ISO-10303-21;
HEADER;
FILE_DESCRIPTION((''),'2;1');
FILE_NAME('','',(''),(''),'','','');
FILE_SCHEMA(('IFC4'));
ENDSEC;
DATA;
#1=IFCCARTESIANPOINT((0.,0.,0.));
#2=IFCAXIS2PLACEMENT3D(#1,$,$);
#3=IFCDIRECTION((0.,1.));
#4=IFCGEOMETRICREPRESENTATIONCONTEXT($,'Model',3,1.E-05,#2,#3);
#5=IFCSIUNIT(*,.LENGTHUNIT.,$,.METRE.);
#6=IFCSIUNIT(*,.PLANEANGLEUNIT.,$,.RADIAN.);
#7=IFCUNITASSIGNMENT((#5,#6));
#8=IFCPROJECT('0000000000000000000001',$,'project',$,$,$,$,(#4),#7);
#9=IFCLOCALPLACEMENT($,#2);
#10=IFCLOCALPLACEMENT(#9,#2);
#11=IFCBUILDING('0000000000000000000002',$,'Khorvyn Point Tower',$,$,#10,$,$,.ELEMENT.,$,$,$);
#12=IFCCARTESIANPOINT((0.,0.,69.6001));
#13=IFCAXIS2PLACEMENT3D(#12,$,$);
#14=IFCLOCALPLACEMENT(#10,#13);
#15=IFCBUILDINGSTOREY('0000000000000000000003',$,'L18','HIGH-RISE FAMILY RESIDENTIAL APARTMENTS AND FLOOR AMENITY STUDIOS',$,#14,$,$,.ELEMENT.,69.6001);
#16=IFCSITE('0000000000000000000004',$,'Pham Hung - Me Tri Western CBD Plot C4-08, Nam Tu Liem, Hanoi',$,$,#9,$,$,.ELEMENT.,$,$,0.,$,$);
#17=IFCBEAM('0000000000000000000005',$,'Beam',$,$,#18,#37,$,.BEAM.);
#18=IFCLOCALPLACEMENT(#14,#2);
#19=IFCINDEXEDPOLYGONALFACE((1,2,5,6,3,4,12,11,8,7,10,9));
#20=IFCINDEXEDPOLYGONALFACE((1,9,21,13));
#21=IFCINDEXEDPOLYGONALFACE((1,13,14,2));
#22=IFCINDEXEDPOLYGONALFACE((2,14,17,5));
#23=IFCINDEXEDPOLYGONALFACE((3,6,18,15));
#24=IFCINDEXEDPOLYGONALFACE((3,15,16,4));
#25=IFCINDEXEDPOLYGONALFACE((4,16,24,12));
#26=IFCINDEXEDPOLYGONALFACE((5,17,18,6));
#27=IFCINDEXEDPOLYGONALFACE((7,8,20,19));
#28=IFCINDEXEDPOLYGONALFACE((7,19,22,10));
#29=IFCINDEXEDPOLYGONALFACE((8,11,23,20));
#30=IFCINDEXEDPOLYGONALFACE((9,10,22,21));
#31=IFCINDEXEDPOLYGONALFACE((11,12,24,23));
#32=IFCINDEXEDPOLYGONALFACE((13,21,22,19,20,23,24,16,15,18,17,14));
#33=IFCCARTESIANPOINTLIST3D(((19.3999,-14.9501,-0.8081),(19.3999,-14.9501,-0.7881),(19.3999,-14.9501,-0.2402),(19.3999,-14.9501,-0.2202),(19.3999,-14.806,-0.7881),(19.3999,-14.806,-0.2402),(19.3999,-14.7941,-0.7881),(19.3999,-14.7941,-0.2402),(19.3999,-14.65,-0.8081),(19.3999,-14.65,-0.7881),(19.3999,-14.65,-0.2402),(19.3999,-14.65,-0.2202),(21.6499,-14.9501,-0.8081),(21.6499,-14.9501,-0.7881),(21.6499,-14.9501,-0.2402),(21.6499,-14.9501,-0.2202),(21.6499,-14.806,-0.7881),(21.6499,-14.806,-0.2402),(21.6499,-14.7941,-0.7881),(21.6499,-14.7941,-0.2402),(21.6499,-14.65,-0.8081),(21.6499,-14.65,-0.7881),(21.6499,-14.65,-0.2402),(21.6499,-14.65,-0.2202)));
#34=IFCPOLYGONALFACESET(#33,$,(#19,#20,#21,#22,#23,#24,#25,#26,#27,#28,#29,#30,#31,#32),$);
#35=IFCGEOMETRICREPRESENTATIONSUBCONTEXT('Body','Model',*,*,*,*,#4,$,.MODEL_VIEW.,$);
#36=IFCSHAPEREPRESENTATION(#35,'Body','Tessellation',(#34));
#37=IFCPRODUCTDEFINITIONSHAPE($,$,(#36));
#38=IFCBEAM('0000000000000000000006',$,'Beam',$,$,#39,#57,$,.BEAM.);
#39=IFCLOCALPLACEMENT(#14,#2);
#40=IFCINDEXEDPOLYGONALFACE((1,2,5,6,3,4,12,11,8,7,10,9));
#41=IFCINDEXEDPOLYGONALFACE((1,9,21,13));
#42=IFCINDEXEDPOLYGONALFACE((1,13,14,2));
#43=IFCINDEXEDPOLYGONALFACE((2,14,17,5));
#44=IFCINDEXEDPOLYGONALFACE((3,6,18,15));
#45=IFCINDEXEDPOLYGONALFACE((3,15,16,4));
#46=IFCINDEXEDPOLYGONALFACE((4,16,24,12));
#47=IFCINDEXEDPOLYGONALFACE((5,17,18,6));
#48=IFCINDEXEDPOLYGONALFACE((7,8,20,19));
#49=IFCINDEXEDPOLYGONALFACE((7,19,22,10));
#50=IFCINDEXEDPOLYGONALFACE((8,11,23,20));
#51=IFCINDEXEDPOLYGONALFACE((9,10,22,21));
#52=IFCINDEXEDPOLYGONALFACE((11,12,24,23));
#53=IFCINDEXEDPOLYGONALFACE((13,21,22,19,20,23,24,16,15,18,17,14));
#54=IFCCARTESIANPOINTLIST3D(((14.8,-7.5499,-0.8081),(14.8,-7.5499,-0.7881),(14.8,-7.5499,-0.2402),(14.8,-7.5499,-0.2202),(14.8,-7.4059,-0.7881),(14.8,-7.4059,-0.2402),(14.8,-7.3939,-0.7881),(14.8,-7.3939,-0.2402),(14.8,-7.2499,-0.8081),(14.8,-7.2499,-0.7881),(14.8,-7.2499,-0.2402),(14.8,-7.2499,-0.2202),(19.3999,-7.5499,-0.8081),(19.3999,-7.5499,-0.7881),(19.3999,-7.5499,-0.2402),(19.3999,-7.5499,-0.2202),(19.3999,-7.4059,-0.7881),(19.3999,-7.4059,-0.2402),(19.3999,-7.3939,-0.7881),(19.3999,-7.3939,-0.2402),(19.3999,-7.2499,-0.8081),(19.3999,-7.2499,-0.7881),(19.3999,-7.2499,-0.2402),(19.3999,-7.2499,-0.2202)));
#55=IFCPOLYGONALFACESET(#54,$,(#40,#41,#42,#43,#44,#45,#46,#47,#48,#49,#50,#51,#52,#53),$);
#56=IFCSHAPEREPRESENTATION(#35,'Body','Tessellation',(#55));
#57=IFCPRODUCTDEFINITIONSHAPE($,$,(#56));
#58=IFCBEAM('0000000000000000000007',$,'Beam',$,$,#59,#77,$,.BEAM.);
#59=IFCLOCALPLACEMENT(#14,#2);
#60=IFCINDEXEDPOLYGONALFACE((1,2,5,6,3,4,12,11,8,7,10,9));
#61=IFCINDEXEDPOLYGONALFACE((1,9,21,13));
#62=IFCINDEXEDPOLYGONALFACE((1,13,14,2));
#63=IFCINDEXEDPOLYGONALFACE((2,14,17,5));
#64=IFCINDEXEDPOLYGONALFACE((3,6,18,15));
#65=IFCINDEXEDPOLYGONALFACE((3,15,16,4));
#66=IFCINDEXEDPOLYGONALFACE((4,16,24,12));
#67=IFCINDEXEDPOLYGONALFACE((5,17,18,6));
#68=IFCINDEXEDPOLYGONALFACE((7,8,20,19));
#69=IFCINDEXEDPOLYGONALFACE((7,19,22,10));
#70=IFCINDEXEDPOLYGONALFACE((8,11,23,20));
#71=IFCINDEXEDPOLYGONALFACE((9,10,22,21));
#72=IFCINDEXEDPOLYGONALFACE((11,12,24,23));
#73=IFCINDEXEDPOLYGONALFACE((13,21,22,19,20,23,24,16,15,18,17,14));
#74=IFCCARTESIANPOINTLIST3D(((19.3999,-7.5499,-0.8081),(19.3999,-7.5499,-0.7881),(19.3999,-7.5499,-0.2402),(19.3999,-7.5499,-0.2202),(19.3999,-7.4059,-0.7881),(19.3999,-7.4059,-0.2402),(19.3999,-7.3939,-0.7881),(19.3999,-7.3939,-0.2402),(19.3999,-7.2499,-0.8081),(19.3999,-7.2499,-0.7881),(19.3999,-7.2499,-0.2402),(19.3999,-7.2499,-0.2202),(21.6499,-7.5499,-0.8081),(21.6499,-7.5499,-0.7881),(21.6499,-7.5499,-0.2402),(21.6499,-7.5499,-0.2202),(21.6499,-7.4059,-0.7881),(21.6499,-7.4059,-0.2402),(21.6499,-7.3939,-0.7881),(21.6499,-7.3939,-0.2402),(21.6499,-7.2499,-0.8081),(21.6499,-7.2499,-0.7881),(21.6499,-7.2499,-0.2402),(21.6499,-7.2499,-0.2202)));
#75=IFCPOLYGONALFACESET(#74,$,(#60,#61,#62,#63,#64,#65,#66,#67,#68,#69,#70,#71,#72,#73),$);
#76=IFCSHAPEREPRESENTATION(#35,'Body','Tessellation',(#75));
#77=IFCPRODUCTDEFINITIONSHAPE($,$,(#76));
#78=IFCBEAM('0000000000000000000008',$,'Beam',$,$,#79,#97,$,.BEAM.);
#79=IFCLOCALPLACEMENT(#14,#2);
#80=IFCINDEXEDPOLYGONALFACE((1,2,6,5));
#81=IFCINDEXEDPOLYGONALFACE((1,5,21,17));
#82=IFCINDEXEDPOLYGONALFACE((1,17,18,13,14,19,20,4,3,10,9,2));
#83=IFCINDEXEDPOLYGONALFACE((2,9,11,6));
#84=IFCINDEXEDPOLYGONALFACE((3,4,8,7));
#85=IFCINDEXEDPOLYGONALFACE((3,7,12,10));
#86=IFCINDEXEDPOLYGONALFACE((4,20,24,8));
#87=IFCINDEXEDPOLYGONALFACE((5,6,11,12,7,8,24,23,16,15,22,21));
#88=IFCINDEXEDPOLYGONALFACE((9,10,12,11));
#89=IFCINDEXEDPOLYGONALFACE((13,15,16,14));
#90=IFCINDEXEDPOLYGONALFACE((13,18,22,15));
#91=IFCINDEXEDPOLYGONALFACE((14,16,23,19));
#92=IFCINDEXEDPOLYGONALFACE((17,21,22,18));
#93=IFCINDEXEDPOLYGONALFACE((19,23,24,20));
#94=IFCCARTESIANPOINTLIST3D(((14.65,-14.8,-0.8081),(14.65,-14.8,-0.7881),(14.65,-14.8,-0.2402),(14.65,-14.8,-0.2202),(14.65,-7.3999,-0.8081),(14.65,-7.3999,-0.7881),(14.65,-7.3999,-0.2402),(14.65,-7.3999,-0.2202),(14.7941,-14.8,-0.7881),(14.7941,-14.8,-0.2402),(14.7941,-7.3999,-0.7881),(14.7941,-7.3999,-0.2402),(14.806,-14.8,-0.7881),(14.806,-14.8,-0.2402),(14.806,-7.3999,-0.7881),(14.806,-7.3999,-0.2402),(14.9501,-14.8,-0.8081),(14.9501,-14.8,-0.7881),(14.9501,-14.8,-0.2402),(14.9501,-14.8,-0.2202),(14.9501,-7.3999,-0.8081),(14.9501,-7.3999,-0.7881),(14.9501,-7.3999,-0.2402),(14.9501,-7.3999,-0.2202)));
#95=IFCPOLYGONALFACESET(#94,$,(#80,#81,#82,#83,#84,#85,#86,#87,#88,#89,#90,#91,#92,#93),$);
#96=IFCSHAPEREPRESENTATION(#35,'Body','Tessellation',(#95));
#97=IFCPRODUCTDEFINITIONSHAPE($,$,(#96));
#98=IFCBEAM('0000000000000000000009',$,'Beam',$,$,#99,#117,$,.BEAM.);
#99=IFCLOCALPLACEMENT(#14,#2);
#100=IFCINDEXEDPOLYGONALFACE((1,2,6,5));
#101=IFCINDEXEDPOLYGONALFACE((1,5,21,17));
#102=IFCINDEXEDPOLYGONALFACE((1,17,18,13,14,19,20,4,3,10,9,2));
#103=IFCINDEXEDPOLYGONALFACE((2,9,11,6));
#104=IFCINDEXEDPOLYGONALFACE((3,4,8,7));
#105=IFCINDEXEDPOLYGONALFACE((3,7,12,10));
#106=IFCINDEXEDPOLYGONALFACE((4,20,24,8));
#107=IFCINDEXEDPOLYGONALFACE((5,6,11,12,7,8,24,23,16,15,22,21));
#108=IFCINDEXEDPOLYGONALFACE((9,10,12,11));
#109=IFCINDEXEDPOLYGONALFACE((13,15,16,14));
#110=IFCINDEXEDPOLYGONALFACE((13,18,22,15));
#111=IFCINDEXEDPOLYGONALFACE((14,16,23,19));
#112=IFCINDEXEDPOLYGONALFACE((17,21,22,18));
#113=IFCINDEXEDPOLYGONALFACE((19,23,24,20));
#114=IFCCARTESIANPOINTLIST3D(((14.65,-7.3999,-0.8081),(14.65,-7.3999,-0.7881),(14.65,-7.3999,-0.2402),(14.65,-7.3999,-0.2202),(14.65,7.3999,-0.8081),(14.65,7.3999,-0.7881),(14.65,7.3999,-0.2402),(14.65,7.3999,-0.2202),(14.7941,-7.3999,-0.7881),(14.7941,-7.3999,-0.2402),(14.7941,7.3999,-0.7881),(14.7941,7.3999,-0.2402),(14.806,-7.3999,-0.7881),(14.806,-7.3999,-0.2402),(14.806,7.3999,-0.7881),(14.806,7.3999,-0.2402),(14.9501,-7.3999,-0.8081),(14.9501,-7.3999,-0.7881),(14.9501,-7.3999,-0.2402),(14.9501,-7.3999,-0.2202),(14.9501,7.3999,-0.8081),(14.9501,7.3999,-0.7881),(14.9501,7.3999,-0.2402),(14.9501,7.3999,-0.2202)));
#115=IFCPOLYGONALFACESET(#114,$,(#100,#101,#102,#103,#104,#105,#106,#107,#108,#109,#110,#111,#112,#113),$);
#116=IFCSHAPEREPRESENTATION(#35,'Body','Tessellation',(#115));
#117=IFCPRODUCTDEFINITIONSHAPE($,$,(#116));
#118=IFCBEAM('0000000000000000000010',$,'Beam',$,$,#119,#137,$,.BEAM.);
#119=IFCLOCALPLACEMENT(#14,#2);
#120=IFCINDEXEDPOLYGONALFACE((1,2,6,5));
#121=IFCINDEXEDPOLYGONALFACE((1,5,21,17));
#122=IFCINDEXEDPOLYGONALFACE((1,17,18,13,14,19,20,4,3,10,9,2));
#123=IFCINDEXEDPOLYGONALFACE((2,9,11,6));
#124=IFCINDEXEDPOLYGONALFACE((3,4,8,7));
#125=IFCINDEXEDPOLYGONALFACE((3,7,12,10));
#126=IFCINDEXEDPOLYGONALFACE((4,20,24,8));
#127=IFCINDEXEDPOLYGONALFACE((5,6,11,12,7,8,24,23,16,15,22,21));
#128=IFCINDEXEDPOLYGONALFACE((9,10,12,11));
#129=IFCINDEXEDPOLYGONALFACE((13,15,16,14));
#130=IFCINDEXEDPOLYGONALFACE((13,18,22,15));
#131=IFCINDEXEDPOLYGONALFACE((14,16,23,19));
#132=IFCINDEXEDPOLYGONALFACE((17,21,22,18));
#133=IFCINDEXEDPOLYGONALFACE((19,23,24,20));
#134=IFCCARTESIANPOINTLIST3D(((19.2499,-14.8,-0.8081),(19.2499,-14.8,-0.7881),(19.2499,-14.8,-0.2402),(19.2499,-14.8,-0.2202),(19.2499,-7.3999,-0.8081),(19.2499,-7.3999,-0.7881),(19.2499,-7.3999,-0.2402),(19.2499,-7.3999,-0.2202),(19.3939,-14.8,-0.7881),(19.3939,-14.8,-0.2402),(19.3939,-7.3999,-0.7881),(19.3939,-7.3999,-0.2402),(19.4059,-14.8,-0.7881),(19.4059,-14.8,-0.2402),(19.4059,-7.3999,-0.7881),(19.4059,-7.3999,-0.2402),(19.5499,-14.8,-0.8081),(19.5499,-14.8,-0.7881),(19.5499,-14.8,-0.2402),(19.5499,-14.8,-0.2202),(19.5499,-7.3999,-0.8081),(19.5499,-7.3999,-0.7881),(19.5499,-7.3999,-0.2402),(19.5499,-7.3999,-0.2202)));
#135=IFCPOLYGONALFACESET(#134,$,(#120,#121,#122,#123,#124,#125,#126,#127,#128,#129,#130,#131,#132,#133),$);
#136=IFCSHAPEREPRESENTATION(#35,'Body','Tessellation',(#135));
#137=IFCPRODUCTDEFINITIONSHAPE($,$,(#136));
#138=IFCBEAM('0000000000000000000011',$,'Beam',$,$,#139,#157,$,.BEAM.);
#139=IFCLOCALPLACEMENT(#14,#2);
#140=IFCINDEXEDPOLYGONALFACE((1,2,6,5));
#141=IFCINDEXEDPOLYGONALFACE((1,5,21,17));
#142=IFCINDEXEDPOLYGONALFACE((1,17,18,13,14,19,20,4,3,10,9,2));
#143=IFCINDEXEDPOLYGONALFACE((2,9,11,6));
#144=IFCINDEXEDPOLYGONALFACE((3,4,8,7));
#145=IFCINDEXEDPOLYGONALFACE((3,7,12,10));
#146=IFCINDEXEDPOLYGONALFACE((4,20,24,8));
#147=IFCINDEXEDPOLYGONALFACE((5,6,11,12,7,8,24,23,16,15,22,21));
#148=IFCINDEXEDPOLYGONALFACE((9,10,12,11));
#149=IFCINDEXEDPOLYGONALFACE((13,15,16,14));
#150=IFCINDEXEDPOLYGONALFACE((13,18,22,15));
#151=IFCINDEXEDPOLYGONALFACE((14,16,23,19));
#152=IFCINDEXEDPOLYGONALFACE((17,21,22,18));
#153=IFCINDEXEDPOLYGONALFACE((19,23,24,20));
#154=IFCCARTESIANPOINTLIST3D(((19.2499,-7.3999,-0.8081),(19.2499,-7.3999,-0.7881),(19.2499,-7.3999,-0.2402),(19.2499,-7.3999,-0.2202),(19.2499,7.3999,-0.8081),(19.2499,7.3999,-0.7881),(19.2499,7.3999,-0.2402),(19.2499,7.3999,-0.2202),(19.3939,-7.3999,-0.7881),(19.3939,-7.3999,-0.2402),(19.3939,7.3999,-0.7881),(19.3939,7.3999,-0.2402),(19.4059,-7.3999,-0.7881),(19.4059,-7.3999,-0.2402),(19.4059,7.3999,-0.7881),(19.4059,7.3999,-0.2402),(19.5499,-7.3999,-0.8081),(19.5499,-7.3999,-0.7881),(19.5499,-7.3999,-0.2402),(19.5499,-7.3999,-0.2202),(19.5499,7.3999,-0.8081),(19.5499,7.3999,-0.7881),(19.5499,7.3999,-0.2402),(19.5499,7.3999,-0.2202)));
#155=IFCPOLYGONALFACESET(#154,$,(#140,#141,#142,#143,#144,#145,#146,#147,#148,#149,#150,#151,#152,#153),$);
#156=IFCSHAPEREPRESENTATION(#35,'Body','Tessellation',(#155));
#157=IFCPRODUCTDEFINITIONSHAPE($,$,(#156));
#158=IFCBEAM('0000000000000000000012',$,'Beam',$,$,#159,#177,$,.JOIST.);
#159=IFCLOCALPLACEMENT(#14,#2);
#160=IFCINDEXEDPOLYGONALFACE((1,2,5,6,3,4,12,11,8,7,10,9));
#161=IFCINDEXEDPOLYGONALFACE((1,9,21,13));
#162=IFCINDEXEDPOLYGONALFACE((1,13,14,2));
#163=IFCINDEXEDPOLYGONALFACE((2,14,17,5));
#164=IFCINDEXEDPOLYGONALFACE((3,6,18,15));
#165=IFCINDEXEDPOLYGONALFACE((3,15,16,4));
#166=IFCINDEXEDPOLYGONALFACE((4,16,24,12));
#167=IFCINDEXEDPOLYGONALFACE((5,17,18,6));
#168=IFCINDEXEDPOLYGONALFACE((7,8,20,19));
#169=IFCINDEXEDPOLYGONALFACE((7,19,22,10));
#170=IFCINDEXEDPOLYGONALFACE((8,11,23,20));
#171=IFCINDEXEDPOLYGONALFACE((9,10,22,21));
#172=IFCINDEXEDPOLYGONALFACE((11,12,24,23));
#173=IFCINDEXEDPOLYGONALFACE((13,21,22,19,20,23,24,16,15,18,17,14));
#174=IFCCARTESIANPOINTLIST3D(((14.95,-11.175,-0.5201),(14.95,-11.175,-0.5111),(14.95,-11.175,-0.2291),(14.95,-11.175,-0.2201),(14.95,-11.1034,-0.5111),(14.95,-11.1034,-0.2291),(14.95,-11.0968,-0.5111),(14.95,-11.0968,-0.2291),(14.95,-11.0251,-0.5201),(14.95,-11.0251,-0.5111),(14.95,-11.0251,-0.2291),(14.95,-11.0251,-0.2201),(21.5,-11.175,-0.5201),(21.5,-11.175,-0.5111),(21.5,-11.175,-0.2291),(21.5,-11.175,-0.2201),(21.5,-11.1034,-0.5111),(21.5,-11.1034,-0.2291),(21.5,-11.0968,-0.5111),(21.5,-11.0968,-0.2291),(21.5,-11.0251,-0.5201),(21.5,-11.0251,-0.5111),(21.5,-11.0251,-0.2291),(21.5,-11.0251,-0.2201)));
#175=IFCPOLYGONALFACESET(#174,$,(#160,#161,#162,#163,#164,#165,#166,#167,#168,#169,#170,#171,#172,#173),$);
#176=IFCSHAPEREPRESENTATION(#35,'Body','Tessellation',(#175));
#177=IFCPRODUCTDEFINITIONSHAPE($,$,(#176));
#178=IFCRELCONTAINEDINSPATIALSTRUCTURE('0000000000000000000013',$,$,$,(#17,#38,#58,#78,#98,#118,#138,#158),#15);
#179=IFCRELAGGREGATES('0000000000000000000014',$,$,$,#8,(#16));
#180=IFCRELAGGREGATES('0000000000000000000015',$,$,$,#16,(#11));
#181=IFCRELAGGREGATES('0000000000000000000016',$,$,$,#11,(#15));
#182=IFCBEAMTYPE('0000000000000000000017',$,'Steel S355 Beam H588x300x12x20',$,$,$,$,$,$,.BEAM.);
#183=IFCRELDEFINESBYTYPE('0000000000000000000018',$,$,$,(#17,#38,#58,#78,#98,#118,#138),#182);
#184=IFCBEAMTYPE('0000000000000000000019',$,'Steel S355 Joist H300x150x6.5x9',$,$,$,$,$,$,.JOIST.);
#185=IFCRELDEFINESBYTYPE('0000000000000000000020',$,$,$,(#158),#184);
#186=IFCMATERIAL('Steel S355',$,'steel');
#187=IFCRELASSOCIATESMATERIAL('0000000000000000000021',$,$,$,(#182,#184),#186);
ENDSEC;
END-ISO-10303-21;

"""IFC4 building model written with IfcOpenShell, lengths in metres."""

from ifc_helpers import new_model, si_unit, direction, frame, origin, origin_2d, place, context, subcontext, project, spatial, i_section, extrude, material, material_profile, profile_set, type_object, element, save


model = new_model("IFC4")

# Units and contexts
model_context = context("Model", 3, precision=1e-05, world=origin(), true_north=direction((0.0, 1.0)))
body_context = subcontext(model_context, "Body", "Model", "MODEL_VIEW")
ifc_project = project(units=[si_unit("LENGTHUNIT", "METRE"), si_unit("PLANEANGLEUNIT", "RADIAN")], contexts=[model_context])

# Site, building, storey
site_placement = place(None, origin())
site = spatial("IfcSite", under=ifc_project, at=site_placement, Name="Pham Hung - Me Tri Western CBD Plot C4-08, Nam Tu Liem, Hanoi", CompositionType="ELEMENT", RefElevation=0.0)
building_placement = place(site_placement, origin())
building = spatial("IfcBuilding", under=site, at=building_placement, Name="Khorvyn Point Tower", CompositionType="ELEMENT")
storey_placement = place(building_placement, frame((0.0, 0.0, 69.6001)))
storey = spatial("IfcBuildingStorey", under=building, at=storey_placement, Name="L18", Description="HIGH-RISE FAMILY RESIDENTIAL APARTMENTS AND FLOOR AMENITY STUDIOS", CompositionType="ELEMENT", Elevation=69.6001)

# Beams
ifc_material_1 = material(Name="Steel S355", Category="steel")
ifc_material_profile_1 = material_profile(ifc_material_1, i_section(OverallWidth=0.3, OverallDepth=0.5879, WebThickness=0.012, FlangeThickness=0.02, at=origin_2d()))
ifc_profile_set_1 = profile_set([ifc_material_profile_1], Name="Steel S355 H588x300x12x20")
beam_type_1 = type_object("IfcBeamType", Name="Steel S355 Beam H588x300x12x20", PredefinedType="BEAM", material=ifc_profile_set_1)
beam_1_placement = place(storey_placement, frame((19.3999, -14.8, -0.5142), z_axis=(1.0, 0.0, 0.0), x_axis=(0.0, 1.0, 0.0)))
element("IfcBeam", 1, at=beam_1_placement, inside=storey, type_object=beam_type_1, Name="Beam", PredefinedType="BEAM", context=body_context, shape_type="SweptSolid", body=[
    extrude(i_section(OverallWidth=0.3, OverallDepth=0.5879, WebThickness=0.012, FlangeThickness=0.02, at=origin_2d()), origin(), (0.0, 0.0, 1.0), 2.25),
])
beam_2_placement = place(storey_placement, frame((14.8, -7.3999, -0.5142), z_axis=(1.0, 0.0, 0.0), x_axis=(0.0, 1.0, 0.0)))
element("IfcBeam", 2, at=beam_2_placement, inside=storey, type_object=beam_type_1, Name="Beam", PredefinedType="BEAM", context=body_context, shape_type="SweptSolid", body=[
    extrude(i_section(OverallWidth=0.3, OverallDepth=0.5879, WebThickness=0.012, FlangeThickness=0.02, at=origin_2d()), origin(), (0.0, 0.0, 1.0), 4.5999),
])
beam_3_placement = place(storey_placement, frame((19.3999, -7.3999, -0.5142), z_axis=(1.0, 0.0, 0.0), x_axis=(0.0, 1.0, 0.0)))
element("IfcBeam", 3, at=beam_3_placement, inside=storey, type_object=beam_type_1, Name="Beam", PredefinedType="BEAM", context=body_context, shape_type="SweptSolid", body=[
    extrude(i_section(OverallWidth=0.3, OverallDepth=0.5879, WebThickness=0.012, FlangeThickness=0.02, at=origin_2d()), origin(), (0.0, 0.0, 1.0), 2.25),
])
beam_4_placement = place(storey_placement, frame((14.8, -14.8, -0.5142), z_axis=(0.0, 1.0, 0.0), x_axis=(-1.0, 0.0, 0.0)))
element("IfcBeam", 4, at=beam_4_placement, inside=storey, type_object=beam_type_1, Name="Beam", PredefinedType="BEAM", context=body_context, shape_type="SweptSolid", body=[
    extrude(i_section(OverallWidth=0.3, OverallDepth=0.5879, WebThickness=0.012, FlangeThickness=0.02, at=origin_2d()), origin(), (0.0, 0.0, 1.0), 7.4001),
])
beam_5_placement = place(storey_placement, frame((14.8, -7.3999, -0.5142), z_axis=(0.0, 1.0, 0.0), x_axis=(-1.0, 0.0, 0.0)))
element("IfcBeam", 5, at=beam_5_placement, inside=storey, type_object=beam_type_1, Name="Beam", PredefinedType="BEAM", context=body_context, shape_type="SweptSolid", body=[
    extrude(i_section(OverallWidth=0.3, OverallDepth=0.5879, WebThickness=0.012, FlangeThickness=0.02, at=origin_2d()), origin(), (0.0, 0.0, 1.0), 14.7998),
])
beam_6_placement = place(storey_placement, frame((19.3999, -14.8, -0.5142), z_axis=(0.0, 1.0, 0.0), x_axis=(-1.0, 0.0, 0.0)))
element("IfcBeam", 6, at=beam_6_placement, inside=storey, type_object=beam_type_1, Name="Beam", PredefinedType="BEAM", context=body_context, shape_type="SweptSolid", body=[
    extrude(i_section(OverallWidth=0.3, OverallDepth=0.5879, WebThickness=0.012, FlangeThickness=0.02, at=origin_2d()), origin(), (0.0, 0.0, 1.0), 7.4001),
])
beam_7_placement = place(storey_placement, frame((19.3999, -7.3999, -0.5142), z_axis=(0.0, 1.0, 0.0), x_axis=(-1.0, 0.0, 0.0)))
element("IfcBeam", 7, at=beam_7_placement, inside=storey, type_object=beam_type_1, Name="Beam", PredefinedType="BEAM", context=body_context, shape_type="SweptSolid", body=[
    extrude(i_section(OverallWidth=0.3, OverallDepth=0.5879, WebThickness=0.012, FlangeThickness=0.02, at=origin_2d()), origin(), (0.0, 0.0, 1.0), 14.7998),
])
ifc_material_profile_2 = material_profile(ifc_material_1, i_section(OverallWidth=0.1499, OverallDepth=0.3, WebThickness=0.0066, FlangeThickness=0.009, at=origin_2d()))
ifc_profile_set_2 = profile_set([ifc_material_profile_2], Name="Steel S355 H300x150x6.5x9")
beam_type_2 = type_object("IfcBeamType", Name="Steel S355 Joist H300x150x6.5x9", PredefinedType="JOIST", material=ifc_profile_set_2)
beam_8_placement = place(storey_placement, frame((14.95, -11.1001, -0.3701), z_axis=(1.0, 0.0, 0.0), x_axis=(0.0, 1.0, 0.0)))
element("IfcBeam", 8, at=beam_8_placement, inside=storey, type_object=beam_type_2, Name="Beam", PredefinedType="JOIST", context=body_context, shape_type="SweptSolid", body=[
    extrude(i_section(OverallWidth=0.1499, OverallDepth=0.3, WebThickness=0.0066, FlangeThickness=0.009, at=origin_2d()), origin(), (0.0, 0.0, 1.0), 6.55),
])

save(model, "model.ifc")
